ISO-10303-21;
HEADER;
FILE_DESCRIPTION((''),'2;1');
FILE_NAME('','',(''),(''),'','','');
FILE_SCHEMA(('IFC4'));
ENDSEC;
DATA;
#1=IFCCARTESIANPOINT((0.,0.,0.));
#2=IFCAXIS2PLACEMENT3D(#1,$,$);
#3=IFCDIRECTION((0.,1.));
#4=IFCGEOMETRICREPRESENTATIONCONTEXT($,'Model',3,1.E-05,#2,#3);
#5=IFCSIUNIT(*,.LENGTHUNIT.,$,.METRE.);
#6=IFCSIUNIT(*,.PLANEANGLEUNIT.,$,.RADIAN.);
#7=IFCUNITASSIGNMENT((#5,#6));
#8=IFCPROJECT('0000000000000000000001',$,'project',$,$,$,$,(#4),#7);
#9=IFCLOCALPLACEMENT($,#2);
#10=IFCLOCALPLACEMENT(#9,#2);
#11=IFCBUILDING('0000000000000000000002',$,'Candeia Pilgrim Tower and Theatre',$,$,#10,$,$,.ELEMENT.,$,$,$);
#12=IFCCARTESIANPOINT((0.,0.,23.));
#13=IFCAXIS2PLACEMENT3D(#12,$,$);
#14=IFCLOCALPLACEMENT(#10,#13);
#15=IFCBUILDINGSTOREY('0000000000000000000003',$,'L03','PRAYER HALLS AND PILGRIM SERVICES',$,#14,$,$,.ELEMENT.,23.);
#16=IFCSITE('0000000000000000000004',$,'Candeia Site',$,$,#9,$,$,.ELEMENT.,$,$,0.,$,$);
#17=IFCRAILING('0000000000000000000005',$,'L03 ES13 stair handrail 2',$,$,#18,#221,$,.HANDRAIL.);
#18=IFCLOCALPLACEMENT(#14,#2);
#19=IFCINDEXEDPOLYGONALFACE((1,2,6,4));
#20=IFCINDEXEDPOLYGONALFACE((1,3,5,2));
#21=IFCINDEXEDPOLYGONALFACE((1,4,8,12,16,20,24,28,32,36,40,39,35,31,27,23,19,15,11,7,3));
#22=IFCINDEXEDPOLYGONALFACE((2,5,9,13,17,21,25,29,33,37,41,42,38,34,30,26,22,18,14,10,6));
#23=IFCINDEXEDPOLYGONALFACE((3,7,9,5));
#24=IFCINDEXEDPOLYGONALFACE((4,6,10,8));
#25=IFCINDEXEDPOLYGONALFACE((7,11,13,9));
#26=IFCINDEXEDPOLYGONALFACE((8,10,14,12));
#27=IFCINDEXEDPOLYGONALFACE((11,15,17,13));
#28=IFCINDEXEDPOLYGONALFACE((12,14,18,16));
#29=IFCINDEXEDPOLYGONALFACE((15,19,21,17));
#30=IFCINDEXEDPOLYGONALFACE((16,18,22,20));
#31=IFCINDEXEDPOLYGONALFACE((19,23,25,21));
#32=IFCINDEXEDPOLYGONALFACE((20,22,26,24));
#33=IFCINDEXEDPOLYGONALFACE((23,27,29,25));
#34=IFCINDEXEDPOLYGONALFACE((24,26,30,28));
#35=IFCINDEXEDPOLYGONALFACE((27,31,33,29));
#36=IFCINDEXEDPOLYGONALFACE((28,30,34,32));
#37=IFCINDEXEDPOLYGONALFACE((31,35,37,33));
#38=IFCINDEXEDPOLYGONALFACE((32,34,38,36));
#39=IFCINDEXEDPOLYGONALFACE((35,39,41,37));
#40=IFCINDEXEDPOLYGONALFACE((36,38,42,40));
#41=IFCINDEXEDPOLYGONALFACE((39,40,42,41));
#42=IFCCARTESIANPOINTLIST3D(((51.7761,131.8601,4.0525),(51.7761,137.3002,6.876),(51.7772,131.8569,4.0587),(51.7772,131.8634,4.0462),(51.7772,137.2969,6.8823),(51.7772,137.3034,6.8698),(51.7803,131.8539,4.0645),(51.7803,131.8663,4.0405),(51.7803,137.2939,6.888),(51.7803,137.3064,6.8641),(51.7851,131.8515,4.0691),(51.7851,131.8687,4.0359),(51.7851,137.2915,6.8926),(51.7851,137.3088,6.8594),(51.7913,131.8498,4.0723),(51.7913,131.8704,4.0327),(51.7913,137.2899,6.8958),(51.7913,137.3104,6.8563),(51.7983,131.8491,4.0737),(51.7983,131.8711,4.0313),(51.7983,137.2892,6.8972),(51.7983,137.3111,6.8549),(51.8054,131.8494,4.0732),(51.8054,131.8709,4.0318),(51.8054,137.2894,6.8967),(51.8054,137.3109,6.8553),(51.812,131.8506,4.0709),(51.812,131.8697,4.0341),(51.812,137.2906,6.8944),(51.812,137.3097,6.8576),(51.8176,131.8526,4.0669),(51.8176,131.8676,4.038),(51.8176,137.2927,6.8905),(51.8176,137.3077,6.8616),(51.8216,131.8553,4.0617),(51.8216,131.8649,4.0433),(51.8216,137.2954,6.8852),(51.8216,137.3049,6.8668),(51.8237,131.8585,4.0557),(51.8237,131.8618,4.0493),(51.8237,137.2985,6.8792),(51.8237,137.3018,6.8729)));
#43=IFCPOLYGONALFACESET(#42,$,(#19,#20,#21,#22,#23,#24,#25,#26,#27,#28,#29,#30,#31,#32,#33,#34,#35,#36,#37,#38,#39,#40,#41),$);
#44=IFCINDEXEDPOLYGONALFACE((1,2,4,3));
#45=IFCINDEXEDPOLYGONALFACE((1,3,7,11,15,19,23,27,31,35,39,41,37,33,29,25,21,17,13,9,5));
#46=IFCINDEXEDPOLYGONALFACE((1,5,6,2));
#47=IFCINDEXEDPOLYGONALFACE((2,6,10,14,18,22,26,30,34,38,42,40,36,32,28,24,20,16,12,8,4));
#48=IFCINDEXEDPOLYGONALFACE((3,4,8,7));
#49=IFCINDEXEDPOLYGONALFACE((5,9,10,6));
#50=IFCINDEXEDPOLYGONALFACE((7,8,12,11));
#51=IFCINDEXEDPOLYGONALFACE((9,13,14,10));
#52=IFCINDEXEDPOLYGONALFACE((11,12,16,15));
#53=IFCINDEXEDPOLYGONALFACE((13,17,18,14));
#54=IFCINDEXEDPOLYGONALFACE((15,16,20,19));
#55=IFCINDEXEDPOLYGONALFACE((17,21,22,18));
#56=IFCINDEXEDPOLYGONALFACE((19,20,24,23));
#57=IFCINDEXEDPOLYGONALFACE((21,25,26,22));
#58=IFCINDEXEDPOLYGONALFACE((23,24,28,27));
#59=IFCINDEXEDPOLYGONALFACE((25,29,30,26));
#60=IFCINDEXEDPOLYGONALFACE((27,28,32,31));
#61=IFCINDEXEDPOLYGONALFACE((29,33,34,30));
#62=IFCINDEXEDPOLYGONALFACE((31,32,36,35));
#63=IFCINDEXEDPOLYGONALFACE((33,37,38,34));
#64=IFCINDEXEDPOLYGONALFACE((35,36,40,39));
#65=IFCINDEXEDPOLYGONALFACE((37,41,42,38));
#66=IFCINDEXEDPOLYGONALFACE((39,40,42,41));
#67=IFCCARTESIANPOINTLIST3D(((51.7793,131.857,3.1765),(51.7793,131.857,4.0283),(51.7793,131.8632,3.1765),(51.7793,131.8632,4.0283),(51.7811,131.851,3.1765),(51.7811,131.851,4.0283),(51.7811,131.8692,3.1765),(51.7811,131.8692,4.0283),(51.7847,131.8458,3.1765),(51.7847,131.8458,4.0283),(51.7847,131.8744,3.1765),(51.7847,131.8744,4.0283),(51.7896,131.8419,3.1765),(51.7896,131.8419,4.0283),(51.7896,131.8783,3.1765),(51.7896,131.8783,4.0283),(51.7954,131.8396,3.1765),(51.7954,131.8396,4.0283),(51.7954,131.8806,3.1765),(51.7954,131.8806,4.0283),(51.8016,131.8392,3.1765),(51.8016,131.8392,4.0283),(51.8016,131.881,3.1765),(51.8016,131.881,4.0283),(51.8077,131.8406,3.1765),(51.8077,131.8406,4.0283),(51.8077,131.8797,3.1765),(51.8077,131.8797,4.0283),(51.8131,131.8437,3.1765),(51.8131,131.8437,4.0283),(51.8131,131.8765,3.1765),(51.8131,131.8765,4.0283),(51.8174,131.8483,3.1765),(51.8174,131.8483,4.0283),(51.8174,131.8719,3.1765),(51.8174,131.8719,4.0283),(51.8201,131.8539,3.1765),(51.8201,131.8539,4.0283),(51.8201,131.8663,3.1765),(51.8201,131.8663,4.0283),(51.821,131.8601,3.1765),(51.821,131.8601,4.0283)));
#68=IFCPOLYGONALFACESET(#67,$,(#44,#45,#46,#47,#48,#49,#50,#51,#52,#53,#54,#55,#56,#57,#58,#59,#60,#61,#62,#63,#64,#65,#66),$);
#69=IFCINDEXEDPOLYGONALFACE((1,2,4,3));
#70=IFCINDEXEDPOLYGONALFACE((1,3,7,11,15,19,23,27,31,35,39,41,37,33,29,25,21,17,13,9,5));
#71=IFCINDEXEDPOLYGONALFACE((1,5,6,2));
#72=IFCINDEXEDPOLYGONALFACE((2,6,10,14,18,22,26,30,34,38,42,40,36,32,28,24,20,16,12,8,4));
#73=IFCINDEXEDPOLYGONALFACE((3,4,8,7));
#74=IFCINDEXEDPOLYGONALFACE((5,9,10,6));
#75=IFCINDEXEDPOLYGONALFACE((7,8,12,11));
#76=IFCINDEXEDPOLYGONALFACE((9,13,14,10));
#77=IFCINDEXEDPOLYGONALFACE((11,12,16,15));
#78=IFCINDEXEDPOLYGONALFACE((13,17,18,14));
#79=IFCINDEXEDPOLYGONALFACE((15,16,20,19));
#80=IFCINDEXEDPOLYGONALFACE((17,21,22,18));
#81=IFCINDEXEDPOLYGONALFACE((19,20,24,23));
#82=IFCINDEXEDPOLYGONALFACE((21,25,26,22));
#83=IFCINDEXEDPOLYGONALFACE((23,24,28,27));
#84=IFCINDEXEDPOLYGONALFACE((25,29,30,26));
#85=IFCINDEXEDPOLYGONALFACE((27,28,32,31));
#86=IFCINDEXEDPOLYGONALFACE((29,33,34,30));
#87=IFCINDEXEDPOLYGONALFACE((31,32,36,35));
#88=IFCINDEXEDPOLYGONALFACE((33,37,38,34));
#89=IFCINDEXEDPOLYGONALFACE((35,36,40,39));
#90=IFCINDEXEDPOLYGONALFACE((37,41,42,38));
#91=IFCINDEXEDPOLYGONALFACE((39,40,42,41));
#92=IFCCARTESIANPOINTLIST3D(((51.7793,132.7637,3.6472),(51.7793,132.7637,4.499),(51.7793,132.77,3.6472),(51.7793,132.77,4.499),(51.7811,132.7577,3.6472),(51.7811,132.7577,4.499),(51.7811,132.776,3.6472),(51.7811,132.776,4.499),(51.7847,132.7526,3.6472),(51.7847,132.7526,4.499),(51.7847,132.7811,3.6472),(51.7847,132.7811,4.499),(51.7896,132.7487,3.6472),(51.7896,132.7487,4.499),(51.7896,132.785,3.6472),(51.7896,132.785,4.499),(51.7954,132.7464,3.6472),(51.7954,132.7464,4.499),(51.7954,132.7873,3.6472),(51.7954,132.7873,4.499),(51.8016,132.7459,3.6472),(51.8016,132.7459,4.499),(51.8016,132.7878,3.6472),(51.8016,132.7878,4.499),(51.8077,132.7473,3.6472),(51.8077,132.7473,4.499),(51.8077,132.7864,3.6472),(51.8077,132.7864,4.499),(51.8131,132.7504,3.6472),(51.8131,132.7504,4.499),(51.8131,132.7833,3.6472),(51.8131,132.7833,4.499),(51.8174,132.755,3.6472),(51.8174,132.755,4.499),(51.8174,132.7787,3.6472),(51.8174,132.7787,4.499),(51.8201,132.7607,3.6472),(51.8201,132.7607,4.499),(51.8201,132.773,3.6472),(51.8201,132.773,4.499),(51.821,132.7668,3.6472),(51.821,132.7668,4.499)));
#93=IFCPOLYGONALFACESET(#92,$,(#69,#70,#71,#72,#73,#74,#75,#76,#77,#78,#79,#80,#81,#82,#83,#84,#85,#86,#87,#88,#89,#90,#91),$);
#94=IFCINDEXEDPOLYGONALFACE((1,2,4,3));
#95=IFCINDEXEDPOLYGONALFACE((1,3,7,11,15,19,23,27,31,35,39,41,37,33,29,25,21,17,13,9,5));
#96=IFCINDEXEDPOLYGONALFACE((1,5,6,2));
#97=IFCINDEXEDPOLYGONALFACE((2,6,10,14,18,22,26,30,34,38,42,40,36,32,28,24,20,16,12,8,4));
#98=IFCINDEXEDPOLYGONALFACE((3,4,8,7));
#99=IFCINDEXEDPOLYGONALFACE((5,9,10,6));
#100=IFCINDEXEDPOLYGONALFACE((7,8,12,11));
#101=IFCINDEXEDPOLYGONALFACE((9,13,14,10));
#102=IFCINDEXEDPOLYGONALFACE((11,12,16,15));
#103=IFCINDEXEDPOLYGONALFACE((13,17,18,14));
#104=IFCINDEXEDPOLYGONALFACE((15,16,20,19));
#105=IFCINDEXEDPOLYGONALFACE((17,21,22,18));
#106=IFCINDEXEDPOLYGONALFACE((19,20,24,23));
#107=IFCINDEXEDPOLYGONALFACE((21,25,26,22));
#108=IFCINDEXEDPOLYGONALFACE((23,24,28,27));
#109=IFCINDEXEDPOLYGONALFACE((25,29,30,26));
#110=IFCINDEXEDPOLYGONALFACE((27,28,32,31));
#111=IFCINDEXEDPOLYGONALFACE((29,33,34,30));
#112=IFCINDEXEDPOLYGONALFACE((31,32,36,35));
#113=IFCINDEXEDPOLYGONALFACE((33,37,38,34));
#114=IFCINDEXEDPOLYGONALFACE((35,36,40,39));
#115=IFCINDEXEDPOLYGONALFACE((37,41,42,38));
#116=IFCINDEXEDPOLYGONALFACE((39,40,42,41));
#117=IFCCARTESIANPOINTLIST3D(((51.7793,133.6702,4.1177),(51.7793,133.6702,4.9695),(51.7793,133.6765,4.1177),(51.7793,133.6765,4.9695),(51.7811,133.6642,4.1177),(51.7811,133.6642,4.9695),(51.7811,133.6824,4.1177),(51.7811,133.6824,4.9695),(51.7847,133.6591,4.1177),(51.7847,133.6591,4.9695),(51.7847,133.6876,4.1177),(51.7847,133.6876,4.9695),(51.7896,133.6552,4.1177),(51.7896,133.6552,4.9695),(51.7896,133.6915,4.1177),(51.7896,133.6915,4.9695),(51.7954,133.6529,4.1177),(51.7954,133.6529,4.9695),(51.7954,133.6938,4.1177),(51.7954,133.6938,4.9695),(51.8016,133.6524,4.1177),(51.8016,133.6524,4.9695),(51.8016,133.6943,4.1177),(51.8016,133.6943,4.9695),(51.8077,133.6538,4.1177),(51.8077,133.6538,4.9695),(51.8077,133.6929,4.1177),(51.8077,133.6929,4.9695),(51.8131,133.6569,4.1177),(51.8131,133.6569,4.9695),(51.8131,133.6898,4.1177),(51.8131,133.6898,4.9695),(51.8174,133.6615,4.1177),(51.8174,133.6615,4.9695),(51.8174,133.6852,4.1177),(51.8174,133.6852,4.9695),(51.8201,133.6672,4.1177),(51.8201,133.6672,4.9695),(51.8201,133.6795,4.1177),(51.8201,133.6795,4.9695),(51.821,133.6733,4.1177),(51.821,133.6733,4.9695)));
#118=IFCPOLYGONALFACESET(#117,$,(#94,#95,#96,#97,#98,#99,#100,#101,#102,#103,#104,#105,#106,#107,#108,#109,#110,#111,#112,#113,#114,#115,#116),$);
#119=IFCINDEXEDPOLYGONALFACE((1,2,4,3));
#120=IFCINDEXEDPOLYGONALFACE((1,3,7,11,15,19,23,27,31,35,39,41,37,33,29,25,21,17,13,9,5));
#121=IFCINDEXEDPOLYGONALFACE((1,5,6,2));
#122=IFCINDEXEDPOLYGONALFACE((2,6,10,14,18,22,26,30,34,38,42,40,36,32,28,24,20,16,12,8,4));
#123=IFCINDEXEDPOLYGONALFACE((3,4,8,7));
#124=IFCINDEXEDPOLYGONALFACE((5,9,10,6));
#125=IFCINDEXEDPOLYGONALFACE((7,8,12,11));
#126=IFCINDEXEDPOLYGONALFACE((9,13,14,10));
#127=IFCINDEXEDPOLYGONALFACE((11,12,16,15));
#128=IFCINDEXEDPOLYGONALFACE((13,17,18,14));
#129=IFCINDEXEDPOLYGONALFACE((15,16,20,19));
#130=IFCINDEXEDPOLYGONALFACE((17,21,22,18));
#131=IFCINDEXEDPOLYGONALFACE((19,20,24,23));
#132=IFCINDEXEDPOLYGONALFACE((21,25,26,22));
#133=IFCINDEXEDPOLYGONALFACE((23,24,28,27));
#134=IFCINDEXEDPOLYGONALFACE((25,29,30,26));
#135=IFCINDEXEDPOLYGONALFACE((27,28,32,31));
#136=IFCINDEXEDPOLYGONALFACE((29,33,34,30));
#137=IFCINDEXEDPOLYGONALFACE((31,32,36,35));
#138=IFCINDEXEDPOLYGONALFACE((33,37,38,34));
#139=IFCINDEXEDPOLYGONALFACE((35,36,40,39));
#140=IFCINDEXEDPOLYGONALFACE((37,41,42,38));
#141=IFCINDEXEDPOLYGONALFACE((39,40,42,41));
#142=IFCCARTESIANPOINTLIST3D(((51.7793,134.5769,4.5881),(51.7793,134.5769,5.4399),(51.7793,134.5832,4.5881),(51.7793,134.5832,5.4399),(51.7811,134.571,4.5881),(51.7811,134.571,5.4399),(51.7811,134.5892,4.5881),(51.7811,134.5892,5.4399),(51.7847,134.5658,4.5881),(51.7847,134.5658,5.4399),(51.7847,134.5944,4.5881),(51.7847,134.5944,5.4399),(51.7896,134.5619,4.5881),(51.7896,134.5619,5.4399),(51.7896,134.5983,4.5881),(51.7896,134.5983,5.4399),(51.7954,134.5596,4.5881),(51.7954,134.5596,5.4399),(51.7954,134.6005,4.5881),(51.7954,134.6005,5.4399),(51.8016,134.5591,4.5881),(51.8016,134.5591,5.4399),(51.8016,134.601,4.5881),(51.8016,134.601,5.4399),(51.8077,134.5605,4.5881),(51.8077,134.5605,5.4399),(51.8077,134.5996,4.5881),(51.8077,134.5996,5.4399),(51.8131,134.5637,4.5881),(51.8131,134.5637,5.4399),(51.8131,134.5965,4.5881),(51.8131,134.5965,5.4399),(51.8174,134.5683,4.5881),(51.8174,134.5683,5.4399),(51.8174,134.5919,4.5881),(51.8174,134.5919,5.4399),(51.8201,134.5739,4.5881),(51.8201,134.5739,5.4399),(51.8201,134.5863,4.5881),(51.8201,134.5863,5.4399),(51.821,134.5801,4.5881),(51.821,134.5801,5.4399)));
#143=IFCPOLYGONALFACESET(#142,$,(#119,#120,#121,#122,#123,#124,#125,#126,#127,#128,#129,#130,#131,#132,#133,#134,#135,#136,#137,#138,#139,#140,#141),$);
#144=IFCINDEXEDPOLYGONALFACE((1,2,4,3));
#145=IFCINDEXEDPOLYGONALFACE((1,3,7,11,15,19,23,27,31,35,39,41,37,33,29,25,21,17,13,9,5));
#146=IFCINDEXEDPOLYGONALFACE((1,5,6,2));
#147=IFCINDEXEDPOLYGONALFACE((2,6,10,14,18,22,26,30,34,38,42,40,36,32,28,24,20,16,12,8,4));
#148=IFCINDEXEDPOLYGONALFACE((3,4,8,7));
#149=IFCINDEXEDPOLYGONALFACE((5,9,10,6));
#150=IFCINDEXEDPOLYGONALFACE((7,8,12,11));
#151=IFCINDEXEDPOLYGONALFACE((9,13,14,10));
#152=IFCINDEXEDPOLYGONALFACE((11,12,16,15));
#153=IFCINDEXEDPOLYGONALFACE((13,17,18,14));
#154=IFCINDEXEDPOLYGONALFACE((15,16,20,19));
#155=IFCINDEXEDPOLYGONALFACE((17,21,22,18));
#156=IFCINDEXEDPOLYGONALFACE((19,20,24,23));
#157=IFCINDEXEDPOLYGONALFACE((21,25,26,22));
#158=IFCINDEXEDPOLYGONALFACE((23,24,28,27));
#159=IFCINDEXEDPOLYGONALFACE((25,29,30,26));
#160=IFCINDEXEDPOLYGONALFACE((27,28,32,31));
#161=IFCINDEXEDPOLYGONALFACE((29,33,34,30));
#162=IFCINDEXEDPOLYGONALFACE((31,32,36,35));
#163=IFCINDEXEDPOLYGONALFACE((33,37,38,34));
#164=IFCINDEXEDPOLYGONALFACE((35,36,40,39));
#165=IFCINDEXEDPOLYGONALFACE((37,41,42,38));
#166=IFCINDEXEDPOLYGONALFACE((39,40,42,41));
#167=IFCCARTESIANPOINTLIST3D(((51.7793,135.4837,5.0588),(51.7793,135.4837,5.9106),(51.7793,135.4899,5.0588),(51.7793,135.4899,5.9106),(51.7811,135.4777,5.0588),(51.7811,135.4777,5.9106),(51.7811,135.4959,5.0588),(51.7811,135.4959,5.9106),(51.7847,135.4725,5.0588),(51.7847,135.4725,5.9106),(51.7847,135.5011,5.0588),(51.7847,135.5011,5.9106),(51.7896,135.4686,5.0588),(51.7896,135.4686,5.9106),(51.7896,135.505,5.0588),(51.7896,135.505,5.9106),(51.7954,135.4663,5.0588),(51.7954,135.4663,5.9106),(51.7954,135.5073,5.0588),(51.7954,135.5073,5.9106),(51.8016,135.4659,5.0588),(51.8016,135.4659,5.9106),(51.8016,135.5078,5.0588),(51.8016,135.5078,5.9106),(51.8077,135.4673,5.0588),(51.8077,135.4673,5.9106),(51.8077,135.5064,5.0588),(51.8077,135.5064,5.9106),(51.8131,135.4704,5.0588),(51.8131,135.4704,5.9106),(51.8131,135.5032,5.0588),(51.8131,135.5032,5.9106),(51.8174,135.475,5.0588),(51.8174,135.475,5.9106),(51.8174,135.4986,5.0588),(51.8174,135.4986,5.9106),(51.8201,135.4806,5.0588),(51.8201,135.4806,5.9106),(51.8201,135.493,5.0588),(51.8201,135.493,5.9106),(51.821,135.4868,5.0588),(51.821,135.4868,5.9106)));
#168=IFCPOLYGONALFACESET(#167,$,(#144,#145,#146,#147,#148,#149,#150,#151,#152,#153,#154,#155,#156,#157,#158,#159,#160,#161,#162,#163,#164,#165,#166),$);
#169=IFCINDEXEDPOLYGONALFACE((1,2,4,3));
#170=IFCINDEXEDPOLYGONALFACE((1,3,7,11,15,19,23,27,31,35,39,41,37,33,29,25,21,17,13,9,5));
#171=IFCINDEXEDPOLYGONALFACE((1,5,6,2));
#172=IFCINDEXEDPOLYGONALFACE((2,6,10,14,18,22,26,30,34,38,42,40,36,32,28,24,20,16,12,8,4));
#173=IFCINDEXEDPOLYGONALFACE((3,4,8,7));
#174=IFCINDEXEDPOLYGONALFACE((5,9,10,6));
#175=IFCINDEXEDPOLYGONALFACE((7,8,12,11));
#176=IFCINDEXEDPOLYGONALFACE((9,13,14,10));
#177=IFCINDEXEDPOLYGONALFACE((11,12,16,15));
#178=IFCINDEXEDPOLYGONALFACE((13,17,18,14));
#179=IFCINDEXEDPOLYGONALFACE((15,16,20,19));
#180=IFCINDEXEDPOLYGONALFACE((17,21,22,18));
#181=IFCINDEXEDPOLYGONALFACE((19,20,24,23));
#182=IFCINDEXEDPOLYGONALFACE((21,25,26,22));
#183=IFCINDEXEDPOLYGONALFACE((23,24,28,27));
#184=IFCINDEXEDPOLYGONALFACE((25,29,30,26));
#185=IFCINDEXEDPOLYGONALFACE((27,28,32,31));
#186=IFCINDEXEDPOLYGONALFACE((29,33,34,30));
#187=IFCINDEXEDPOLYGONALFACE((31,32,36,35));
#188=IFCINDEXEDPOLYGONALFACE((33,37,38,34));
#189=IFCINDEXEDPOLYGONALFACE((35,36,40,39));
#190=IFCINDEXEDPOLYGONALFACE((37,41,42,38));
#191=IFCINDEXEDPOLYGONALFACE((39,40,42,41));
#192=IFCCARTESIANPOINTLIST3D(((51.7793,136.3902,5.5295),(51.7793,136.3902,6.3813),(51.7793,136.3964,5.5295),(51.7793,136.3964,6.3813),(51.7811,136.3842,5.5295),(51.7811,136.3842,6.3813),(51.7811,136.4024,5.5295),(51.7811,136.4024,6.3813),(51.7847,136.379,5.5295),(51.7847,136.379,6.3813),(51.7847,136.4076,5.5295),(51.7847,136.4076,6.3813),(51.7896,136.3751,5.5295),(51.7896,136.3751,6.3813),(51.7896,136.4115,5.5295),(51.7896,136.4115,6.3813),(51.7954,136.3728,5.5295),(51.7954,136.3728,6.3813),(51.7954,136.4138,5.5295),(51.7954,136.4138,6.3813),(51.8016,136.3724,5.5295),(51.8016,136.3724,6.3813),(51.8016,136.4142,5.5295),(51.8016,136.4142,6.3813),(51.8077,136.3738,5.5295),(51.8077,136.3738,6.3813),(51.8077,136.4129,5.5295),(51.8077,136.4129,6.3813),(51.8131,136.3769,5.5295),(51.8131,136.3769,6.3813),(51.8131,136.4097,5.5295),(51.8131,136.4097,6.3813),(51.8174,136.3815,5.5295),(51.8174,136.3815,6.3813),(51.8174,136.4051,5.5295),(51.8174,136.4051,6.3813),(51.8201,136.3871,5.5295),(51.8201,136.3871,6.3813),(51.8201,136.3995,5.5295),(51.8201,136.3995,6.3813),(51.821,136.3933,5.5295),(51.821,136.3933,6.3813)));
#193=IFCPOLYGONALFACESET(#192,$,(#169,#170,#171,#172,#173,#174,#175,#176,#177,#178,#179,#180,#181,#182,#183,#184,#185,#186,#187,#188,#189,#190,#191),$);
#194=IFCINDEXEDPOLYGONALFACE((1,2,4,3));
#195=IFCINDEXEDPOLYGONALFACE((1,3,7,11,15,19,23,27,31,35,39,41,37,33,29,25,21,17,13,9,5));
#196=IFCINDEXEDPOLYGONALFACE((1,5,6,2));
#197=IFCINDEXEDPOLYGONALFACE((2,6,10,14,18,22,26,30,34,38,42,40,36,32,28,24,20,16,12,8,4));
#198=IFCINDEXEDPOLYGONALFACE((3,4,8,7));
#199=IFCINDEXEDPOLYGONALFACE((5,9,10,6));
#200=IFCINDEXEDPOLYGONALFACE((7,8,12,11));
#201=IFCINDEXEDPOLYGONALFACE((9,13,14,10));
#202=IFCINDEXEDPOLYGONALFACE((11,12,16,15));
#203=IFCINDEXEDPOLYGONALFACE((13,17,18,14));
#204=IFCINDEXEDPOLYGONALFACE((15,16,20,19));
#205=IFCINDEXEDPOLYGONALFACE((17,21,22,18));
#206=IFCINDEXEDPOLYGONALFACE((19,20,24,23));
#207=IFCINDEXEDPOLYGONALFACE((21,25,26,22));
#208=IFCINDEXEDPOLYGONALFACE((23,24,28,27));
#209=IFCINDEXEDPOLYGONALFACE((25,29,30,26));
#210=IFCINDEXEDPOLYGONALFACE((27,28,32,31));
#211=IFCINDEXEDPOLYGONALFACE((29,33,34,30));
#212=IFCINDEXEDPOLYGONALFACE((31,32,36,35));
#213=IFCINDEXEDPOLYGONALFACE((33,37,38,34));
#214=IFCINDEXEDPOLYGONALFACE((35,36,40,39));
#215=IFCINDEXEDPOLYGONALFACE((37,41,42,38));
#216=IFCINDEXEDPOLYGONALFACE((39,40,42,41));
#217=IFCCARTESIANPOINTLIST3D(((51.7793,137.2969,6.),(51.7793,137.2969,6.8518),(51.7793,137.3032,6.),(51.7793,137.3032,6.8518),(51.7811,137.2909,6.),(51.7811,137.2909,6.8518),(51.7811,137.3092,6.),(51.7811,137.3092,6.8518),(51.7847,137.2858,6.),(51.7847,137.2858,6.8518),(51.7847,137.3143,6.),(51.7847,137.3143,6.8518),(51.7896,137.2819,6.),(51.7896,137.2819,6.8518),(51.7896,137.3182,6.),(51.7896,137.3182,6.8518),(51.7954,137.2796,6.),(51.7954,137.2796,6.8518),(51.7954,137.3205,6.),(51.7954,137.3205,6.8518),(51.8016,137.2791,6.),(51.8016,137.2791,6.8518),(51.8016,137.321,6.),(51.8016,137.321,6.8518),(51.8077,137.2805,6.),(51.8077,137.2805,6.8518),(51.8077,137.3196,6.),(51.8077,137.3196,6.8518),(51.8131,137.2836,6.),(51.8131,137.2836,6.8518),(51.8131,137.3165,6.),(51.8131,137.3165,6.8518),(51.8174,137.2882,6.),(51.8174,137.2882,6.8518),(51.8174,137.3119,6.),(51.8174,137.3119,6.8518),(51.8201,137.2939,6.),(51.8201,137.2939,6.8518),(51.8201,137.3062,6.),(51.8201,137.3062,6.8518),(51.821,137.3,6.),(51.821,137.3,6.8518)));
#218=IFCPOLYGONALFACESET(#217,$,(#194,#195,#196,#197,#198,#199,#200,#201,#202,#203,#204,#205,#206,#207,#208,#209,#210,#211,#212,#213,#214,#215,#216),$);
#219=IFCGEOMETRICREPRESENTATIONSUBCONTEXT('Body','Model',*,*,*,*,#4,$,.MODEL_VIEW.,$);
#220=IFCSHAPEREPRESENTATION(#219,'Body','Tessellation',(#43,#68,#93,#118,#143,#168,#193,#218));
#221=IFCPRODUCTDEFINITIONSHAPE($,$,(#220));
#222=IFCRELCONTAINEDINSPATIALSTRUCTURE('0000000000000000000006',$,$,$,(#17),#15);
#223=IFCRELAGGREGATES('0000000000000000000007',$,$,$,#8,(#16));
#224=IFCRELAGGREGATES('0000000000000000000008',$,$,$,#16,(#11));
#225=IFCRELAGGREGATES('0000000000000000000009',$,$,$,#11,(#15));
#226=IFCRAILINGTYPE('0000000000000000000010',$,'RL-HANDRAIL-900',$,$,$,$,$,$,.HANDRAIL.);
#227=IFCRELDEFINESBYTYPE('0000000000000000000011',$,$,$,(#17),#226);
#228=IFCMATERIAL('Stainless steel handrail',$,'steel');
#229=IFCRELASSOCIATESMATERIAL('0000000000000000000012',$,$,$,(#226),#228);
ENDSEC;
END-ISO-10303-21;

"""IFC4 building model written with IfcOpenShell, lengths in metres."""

from ifc_helpers import new_model, si_unit, direction, frame, origin, origin_2d, place, context, subcontext, project, spatial, circle, extrude, material, type_object, element, save


model = new_model("IFC4")

# Units and contexts
model_context = context("Model", 3, precision=1e-05, world=origin(), true_north=direction((0.0, 1.0)))
body_context = subcontext(model_context, "Body", "Model", "MODEL_VIEW")
ifc_project = project(units=[si_unit("LENGTHUNIT", "METRE"), si_unit("PLANEANGLEUNIT", "RADIAN")], contexts=[model_context])

# Site, building, storey
site_placement = place(None, origin())
site = spatial("IfcSite", under=ifc_project, at=site_placement, Name="Candeia Site", CompositionType="ELEMENT", RefElevation=0.0)
building_placement = place(site_placement, origin())
building = spatial("IfcBuilding", under=site, at=building_placement, Name="Candeia Pilgrim Tower and Theatre", CompositionType="ELEMENT")
storey_placement = place(building_placement, frame((0.0, 0.0, 23.0)))
storey = spatial("IfcBuildingStorey", under=building, at=storey_placement, Name="L03", Description="PRAYER HALLS AND PILGRIM SERVICES", CompositionType="ELEMENT", Elevation=23.0)

# Railing
ifc_material_1 = material(Name="Stainless steel handrail", Category="steel")
railing_type_1 = type_object("IfcRailingType", Name="RL-HANDRAIL-900", PredefinedType="HANDRAIL", material=ifc_material_1)
railing_1_placement = place(storey_placement, frame((51.8, 131.8601, 3.1765)))
element("IfcRailing", 1, at=railing_1_placement, inside=storey, type_object=railing_type_1, Name="L03 ES13 stair handrail 2", PredefinedType="HANDRAIL", context=body_context, shape_type="SweptSolid", body=[
    extrude(circle(Radius=0.0239, at=origin_2d()), frame((0.0, 0.0, 0.876), z_axis=(0.0, 0.887569, 0.460674), x_axis=(-1.0, 0.0, 0.0)), (0.0, 0.0, 1.0), 6.1292),
    extrude(circle(Radius=0.021, at=origin_2d()), origin(), (0.0, 0.0, 1.0), 0.8518),
    extrude(circle(Radius=0.021, at=origin_2d()), frame((0.0, 0.9067, 0.4707)), (0.0, 0.0, 1.0), 0.8518),
    extrude(circle(Radius=0.021, at=origin_2d()), frame((0.0, 1.8132, 0.9412)), (0.0, 0.0, 1.0), 0.8518),
    extrude(circle(Radius=0.021, at=origin_2d()), frame((0.0, 2.72, 1.4116)), (0.0, 0.0, 1.0), 0.8518),
    extrude(circle(Radius=0.021, at=origin_2d()), frame((0.0, 3.6267, 1.8823)), (0.0, 0.0, 1.0), 0.8518),
    extrude(circle(Radius=0.021, at=origin_2d()), frame((0.0, 4.5332, 2.353)), (0.0, 0.0, 1.0), 0.8518),
    extrude(circle(Radius=0.021, at=origin_2d()), frame((0.0, 5.4399, 2.8235)), (0.0, 0.0, 1.0), 0.8518),
])

save(model, "model.ifc")
